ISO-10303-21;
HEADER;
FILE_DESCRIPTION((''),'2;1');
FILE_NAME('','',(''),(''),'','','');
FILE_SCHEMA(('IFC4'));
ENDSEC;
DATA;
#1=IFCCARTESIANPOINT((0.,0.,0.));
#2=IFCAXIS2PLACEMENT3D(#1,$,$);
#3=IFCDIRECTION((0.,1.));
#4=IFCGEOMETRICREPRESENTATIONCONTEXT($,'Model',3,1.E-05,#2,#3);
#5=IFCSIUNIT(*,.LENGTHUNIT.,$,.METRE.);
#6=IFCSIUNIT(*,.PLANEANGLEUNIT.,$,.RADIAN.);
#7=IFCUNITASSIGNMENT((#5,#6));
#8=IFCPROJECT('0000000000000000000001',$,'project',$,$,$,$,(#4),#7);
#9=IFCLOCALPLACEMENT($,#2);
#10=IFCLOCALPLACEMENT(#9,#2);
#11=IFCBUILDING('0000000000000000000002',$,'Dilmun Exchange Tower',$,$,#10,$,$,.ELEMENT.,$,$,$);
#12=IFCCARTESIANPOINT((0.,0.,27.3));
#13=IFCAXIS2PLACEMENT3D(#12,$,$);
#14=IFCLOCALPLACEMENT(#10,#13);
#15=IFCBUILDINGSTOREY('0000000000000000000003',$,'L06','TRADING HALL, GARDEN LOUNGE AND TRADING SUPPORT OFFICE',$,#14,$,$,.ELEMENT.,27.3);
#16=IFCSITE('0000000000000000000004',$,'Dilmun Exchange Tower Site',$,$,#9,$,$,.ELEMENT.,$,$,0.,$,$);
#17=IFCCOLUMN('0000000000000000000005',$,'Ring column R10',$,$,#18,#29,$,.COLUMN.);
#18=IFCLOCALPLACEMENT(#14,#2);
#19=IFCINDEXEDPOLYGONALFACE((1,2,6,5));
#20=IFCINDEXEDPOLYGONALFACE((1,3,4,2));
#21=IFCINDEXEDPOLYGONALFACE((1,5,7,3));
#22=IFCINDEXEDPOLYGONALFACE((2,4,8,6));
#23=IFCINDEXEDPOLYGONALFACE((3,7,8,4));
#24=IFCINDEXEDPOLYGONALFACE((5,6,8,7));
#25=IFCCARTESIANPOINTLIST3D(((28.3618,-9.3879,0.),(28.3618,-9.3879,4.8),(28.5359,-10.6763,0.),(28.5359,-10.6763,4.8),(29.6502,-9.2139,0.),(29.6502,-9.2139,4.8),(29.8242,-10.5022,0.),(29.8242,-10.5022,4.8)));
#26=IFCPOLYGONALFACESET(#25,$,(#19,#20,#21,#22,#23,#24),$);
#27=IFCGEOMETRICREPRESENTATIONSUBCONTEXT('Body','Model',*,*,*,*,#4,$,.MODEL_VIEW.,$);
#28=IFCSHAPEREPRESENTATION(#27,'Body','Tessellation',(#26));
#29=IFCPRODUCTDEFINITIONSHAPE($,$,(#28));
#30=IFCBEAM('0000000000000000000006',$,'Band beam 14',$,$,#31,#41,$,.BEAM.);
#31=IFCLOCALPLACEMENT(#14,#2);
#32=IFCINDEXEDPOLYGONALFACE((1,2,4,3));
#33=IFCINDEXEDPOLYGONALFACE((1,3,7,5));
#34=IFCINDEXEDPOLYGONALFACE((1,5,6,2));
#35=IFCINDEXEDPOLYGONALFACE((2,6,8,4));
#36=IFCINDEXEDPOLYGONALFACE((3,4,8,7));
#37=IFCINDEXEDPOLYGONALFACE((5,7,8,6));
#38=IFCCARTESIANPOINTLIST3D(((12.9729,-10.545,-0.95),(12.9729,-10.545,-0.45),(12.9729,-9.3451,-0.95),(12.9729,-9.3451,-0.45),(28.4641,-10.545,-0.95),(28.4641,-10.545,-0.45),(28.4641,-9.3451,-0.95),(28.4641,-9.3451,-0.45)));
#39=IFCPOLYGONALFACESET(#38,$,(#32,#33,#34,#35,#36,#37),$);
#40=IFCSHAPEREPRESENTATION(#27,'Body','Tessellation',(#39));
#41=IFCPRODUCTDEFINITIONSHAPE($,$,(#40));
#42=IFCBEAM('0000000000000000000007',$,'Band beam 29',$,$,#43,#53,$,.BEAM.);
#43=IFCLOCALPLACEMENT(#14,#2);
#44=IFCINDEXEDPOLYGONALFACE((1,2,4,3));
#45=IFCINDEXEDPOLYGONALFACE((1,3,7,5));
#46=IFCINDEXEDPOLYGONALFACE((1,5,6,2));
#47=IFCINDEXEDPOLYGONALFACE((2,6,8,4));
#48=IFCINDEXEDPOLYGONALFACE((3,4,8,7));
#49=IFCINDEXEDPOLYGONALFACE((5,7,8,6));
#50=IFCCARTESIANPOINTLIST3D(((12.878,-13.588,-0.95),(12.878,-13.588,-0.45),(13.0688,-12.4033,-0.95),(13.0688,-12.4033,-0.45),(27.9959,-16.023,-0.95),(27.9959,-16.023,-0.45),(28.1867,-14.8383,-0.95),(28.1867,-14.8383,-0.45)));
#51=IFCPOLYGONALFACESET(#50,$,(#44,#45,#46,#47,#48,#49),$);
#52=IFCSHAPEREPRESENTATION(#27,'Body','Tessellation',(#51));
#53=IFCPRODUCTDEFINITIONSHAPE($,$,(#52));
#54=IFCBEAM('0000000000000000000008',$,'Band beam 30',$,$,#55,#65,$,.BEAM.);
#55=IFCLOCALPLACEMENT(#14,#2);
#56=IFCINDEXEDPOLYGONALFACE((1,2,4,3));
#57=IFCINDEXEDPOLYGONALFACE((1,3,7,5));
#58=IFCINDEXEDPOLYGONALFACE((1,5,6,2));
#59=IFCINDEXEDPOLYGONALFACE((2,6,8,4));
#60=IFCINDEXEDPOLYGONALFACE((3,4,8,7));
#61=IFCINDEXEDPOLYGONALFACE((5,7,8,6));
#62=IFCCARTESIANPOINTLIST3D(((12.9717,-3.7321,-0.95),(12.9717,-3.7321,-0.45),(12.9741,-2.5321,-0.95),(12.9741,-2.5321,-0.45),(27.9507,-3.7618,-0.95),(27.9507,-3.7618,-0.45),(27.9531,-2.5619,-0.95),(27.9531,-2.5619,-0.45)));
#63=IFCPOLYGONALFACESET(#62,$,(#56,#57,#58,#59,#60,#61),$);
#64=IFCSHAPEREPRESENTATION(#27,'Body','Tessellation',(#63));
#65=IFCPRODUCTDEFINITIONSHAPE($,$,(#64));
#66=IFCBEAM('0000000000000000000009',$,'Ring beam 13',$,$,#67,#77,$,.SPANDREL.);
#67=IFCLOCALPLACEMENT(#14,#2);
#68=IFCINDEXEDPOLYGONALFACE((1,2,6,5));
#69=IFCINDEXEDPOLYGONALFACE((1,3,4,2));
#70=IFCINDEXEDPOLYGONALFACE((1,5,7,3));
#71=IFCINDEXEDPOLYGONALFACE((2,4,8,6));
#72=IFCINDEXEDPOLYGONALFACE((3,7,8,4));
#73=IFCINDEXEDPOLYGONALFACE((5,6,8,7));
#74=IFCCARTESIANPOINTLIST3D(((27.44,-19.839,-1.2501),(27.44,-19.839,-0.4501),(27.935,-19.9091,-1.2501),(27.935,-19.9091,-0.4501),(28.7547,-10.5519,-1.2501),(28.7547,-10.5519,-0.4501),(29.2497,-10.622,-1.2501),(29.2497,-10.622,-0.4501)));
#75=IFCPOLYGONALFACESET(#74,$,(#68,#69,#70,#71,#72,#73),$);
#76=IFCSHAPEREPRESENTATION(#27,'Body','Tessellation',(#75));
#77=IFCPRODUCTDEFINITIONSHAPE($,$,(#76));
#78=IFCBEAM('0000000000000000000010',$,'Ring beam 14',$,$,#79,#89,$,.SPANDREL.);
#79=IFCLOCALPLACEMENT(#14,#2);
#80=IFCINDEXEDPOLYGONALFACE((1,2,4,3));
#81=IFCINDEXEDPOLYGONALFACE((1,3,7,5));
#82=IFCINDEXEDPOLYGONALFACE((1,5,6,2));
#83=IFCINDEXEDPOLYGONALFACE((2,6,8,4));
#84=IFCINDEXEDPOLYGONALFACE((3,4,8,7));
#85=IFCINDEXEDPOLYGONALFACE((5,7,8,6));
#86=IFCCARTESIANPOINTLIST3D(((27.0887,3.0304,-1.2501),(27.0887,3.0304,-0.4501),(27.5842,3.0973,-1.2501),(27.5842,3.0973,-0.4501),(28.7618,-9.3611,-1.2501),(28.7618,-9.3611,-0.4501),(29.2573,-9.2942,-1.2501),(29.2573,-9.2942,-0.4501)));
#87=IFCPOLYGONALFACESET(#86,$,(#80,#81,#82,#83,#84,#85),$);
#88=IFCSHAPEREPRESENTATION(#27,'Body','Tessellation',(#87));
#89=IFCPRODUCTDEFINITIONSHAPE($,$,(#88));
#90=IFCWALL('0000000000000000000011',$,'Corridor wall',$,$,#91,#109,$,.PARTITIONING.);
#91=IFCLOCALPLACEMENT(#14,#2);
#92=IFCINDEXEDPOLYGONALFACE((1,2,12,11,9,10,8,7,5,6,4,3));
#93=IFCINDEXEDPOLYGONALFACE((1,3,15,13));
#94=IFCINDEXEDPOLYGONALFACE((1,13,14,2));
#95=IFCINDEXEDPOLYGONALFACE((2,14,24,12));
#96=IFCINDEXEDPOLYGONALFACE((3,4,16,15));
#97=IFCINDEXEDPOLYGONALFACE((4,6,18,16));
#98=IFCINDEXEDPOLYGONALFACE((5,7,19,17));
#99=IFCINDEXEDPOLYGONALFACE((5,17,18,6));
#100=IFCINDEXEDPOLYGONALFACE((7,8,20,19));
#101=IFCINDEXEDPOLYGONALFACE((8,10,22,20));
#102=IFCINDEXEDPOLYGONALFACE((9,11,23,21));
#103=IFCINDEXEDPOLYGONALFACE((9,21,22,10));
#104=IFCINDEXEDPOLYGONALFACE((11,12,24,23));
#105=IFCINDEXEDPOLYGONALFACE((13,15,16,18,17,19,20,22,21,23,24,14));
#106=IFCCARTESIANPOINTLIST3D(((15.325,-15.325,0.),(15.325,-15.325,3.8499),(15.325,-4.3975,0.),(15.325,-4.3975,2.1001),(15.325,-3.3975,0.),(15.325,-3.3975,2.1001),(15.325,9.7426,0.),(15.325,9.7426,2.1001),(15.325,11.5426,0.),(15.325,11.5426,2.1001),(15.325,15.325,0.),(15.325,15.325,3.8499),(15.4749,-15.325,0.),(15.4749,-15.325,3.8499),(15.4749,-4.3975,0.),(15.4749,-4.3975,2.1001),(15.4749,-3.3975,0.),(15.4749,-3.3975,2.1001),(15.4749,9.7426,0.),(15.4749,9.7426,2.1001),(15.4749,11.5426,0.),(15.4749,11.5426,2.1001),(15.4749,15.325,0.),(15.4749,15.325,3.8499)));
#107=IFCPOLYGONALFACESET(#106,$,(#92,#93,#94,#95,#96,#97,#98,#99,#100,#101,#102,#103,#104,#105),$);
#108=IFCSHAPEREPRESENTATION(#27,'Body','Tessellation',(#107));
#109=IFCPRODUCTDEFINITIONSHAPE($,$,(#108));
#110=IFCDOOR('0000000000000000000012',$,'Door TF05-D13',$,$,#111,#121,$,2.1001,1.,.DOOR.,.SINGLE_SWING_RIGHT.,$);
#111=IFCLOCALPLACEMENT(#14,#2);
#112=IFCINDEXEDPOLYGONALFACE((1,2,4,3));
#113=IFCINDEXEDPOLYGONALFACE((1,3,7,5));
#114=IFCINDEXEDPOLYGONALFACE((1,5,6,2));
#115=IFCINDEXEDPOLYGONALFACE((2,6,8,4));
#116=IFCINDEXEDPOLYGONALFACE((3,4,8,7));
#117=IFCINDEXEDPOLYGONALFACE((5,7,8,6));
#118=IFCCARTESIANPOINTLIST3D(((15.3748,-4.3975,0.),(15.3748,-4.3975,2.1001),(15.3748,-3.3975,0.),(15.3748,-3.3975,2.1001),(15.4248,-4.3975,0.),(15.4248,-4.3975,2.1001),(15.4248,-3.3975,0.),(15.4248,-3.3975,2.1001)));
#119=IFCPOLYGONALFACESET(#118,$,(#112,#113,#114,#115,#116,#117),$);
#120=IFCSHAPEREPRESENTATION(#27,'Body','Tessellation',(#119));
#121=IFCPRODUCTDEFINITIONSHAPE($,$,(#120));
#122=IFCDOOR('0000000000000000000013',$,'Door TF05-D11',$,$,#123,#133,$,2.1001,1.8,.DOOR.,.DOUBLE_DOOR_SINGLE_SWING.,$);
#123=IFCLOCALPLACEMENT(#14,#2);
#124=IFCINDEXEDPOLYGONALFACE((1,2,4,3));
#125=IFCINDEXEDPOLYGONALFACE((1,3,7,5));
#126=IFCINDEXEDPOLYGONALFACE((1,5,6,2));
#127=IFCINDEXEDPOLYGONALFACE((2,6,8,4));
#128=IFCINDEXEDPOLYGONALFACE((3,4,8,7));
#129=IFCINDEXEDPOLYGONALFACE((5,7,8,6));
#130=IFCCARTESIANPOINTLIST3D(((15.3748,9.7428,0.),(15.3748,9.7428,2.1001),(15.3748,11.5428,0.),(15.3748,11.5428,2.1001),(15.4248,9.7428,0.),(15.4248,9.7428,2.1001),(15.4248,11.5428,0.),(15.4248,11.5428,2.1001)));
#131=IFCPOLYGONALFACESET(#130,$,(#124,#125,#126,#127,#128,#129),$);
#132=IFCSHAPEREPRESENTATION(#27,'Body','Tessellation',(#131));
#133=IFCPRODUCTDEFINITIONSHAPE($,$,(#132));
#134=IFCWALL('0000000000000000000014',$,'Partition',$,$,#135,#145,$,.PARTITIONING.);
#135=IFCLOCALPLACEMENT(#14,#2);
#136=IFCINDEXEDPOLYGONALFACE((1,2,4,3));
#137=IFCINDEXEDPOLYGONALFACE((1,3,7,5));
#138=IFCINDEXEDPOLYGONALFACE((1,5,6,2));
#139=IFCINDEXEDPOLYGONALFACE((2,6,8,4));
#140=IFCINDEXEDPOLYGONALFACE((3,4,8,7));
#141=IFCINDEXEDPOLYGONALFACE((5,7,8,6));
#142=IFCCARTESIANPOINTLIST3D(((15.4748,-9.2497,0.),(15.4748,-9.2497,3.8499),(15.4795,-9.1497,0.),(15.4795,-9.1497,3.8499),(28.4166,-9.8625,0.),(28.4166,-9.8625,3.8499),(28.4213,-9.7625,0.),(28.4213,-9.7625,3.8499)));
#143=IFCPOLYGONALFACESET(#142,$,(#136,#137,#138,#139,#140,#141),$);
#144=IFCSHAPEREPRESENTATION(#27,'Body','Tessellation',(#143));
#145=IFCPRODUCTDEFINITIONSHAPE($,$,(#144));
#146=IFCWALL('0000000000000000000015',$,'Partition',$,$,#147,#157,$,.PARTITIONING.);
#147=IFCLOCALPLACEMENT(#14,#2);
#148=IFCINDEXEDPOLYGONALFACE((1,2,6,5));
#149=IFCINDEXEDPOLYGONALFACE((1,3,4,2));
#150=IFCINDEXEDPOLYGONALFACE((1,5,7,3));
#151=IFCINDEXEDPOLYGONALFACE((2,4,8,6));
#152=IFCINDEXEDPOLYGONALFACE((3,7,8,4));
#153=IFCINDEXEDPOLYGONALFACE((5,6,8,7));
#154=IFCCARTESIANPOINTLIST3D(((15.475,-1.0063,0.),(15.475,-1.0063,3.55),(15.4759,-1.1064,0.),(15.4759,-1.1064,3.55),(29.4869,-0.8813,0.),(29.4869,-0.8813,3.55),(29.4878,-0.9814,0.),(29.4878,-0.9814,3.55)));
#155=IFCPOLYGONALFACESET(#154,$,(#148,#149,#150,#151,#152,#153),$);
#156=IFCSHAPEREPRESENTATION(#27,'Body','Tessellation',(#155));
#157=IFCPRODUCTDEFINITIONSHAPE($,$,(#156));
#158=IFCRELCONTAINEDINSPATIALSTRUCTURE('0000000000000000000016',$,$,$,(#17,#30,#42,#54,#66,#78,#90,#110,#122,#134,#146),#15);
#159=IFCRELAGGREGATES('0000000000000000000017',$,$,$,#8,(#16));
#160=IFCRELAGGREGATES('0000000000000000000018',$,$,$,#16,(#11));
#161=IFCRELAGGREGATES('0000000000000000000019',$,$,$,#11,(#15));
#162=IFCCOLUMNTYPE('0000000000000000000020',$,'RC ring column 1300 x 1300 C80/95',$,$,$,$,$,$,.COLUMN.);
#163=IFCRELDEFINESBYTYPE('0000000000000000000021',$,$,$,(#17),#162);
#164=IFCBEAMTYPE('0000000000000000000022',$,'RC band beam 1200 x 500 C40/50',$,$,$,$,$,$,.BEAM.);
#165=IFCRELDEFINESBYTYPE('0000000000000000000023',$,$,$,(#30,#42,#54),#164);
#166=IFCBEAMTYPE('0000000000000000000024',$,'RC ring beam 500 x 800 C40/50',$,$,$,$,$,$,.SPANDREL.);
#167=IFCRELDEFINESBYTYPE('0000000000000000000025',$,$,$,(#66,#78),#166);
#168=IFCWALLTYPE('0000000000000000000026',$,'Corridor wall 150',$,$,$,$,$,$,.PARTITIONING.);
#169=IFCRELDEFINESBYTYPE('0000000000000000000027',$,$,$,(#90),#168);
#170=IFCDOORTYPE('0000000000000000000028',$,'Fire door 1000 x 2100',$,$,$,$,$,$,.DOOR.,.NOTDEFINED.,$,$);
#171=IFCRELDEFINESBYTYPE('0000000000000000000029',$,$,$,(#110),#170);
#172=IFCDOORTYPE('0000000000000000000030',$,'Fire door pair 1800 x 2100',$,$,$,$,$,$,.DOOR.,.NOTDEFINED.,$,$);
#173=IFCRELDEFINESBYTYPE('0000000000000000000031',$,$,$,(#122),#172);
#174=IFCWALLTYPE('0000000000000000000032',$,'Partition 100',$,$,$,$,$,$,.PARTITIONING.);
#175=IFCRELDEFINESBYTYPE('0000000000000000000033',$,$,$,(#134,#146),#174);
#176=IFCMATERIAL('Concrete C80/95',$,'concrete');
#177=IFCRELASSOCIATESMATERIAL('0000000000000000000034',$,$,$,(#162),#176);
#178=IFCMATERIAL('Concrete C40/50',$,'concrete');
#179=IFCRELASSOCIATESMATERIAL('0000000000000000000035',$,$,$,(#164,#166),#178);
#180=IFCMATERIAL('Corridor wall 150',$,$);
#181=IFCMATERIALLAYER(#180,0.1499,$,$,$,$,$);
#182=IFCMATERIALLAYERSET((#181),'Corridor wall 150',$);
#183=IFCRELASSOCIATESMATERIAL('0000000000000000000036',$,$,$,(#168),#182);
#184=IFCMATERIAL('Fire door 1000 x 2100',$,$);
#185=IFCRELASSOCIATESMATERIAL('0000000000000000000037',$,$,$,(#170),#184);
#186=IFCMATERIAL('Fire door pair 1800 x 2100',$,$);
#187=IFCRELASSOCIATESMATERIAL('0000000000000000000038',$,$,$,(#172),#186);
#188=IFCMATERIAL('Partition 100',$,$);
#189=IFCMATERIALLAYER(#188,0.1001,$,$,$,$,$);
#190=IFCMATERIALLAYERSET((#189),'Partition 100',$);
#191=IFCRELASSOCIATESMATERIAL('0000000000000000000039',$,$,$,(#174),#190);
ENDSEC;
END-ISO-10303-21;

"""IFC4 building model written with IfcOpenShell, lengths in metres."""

from ifc_helpers import new_model, si_unit, direction, frame, frame_2d, origin, origin_2d, place, context, subcontext, project, spatial, rectangle, extrude, material, layer, layer_set, material_profile, profile_set, type_object, element, fill, save


model = new_model("IFC4")

# Units and contexts
model_context = context("Model", 3, precision=1e-05, world=origin(), true_north=direction((0.0, 1.0)))
body_context = subcontext(model_context, "Body", "Model", "MODEL_VIEW")
ifc_project = project(units=[si_unit("LENGTHUNIT", "METRE"), si_unit("PLANEANGLEUNIT", "RADIAN")], contexts=[model_context])

# Site, building, storey
site_placement = place(None, origin())
site = spatial("IfcSite", under=ifc_project, at=site_placement, Name="Dilmun Exchange Tower Site", CompositionType="ELEMENT", RefElevation=0.0)
building_placement = place(site_placement, origin())
building = spatial("IfcBuilding", under=site, at=building_placement, Name="Dilmun Exchange Tower", CompositionType="ELEMENT")
storey_placement = place(building_placement, frame((0.0, 0.0, 27.3)))
storey = spatial("IfcBuildingStorey", under=building, at=storey_placement, Name="L06", Description="TRADING HALL, GARDEN LOUNGE AND TRADING SUPPORT OFFICE", CompositionType="ELEMENT", Elevation=27.3)

# Column
ifc_material_1 = material(Name="Concrete C80/95", Category="concrete")
ifc_material_profile_1 = material_profile(ifc_material_1, rectangle(XDim=1.3, YDim=1.3, at=origin_2d()), Name="1300 x 1300")
ifc_profile_set_1 = profile_set([ifc_material_profile_1], Name="Concrete C80/95")
column_type = type_object("IfcColumnType", Name="RC ring column 1300 x 1300 C80/95", PredefinedType="COLUMN", material=ifc_profile_set_1)
column_placement = place(storey_placement, frame((29.093, -9.9451, 0.0), z_axis=(0.0, 0.0, 1.0), x_axis=(0.991001, 0.133853, 0.0)))
element("IfcColumn", 1, at=column_placement, inside=storey, type_object=column_type, Name="Ring column R10", PredefinedType="COLUMN", context=body_context, shape_type="SweptSolid", body=[
    extrude(rectangle(XDim=1.3, YDim=1.3, at=origin_2d()), origin(), (0.0, 0.0, 1.0), 4.8),
])

# Beams
ifc_material_2 = material(Name="Concrete C40/50", Category="concrete")
ifc_material_profile_2 = material_profile(ifc_material_2, rectangle(XDim=1.2, YDim=0.5, at=origin_2d()), Name="1200 x 500")
ifc_profile_set_2 = profile_set([ifc_material_profile_2], Name="Concrete C40/50")
beam_type_1 = type_object("IfcBeamType", Name="RC band beam 1200 x 500 C40/50", PredefinedType="BEAM", material=ifc_profile_set_2)
beam_1_placement = place(storey_placement, frame((28.4641, -9.9451, -0.7), z_axis=(-1.0, 0.0, 0.0), x_axis=(0.0, -1.0, 0.0)))
element("IfcBeam", 2, at=beam_1_placement, inside=storey, type_object=beam_type_1, Name="Band beam 14", PredefinedType="BEAM", context=body_context, shape_type="SweptSolid", body=[
    extrude(rectangle(XDim=1.2, YDim=0.5, at=origin_2d()), origin(), (0.0, 0.0, 1.0), 15.4912),
])
beam_2_placement = place(storey_placement, frame((28.0913, -15.4307, -0.7), z_axis=(-0.987275, 0.159021, 0.0), x_axis=(-0.159021, -0.987275, 0.0)))
element("IfcBeam", 3, at=beam_2_placement, inside=storey, type_object=beam_type_1, Name="Band beam 29", PredefinedType="BEAM", context=body_context, shape_type="SweptSolid", body=[
    extrude(rectangle(XDim=1.2, YDim=0.5, at=origin_2d()), origin(), (0.0, 0.0, 1.0), 15.3127),
])
beam_3_placement = place(storey_placement, frame((27.9519, -3.1619, -0.7), z_axis=(-0.999998, 0.001988, 0.0), x_axis=(-0.001988, -0.999998, 0.0)))
element("IfcBeam", 4, at=beam_3_placement, inside=storey, type_object=beam_type_1, Name="Band beam 30", PredefinedType="BEAM", context=body_context, shape_type="SweptSolid", body=[
    extrude(rectangle(XDim=1.2, YDim=0.5, at=origin_2d()), origin(), (0.0, 0.0, 1.0), 14.979),
])
ifc_material_profile_3 = material_profile(ifc_material_2, rectangle(XDim=0.5, YDim=0.8, at=origin_2d()), Name="500 x 800")
ifc_profile_set_3 = profile_set([ifc_material_profile_3], Name="Concrete C40/50")
beam_type_2 = type_object("IfcBeamType", Name="RC ring beam 500 x 800 C40/50", PredefinedType="SPANDREL", material=ifc_profile_set_3)
beam_4_placement = place(storey_placement, frame((27.6875, -19.874, -0.8501), z_axis=(0.140164, 0.990128, 0.0), x_axis=(-0.990128, 0.140164, 0.0)))
element("IfcBeam", 5, at=beam_4_placement, inside=storey, type_object=beam_type_2, Name="Ring beam 13", PredefinedType="SPANDREL", context=body_context, shape_type="SweptSolid", body=[
    extrude(rectangle(XDim=0.5, YDim=0.8, at=origin_2d()), origin(), (0.0, 0.0, 1.0), 9.3796),
])
beam_5_placement = place(storey_placement, frame((29.0095, -9.3276, -0.8501), z_axis=(-0.133807, 0.991007, 0.0), x_axis=(-0.991007, -0.133807, 0.0)))
element("IfcBeam", 6, at=beam_5_placement, inside=storey, type_object=beam_type_2, Name="Ring beam 14", PredefinedType="SPANDREL", context=body_context, shape_type="SweptSolid", body=[
    extrude(rectangle(XDim=0.5, YDim=0.8, at=origin_2d()), origin(), (0.0, 0.0, 1.0), 12.5039),
])

# Wall, openings, doors
ifc_material_3 = material(Name="Corridor wall 150")
ifc_layer_1 = layer(ifc_material_3, 0.1499)
ifc_layer_set_1 = layer_set([ifc_layer_1], Name="Corridor wall 150")
wall_type_1 = type_object("IfcWallType", Name="Corridor wall 150", PredefinedType="PARTITIONING", material=ifc_layer_set_1)
wall_1_placement = place(storey_placement, frame((15.3999, -15.325, 0.0), z_axis=(0.0, 0.0, 1.0), x_axis=(0.0, 1.0, 0.0)))
wall_1 = element("IfcWall", 7, at=wall_1_placement, inside=storey, type_object=wall_type_1, Name="Corridor wall", PredefinedType="PARTITIONING", context=body_context, shape_type="SweptSolid", body=[
    extrude(rectangle(XDim=30.6499, YDim=0.1499, at=frame_2d((15.325, 0.0))), origin(), (0.0, 0.0, 1.0), 3.8499),
])
opening_1_placement = place(wall_1_placement, frame((25.0676, 0.0, 0.0)))
opening_1 = element("IfcOpeningElement", 8, at=opening_1_placement, cuts=wall_1, PredefinedType="OPENING", context=body_context, shape_type="SweptSolid", body=[
    extrude(rectangle(XDim=1.8, YDim=2.1001, at=frame_2d((0.8999, 1.05))), frame((0.0, 0.085, 0.0), z_axis=(0.0, -1.0, 0.0), x_axis=(1.0, 0.0, 0.0)), (0.0, 0.0, 1.0), 0.1699),
])
opening_2_placement = place(wall_1_placement, frame((10.9275, 0.0, 0.0)))
opening_2 = element("IfcOpeningElement", 9, at=opening_2_placement, cuts=wall_1, PredefinedType="OPENING", context=body_context, shape_type="SweptSolid", body=[
    extrude(rectangle(XDim=1.0, YDim=2.1001, at=frame_2d((0.5, 1.05))), frame((0.0, 0.085, 0.0), z_axis=(0.0, -1.0, 0.0), x_axis=(1.0, 0.0, 0.0)), (0.0, 0.0, 1.0), 0.1699),
])
ifc_material_4 = material(Name="Fire door 1000 x 2100")
door_type_1 = type_object("IfcDoorType", Name="Fire door 1000 x 2100", OperationType="NOTDEFINED", PredefinedType="DOOR", material=ifc_material_4)
door_1_placement = place(opening_2_placement, frame((1.0, 0.0, 0.0), z_axis=(0.0, 0.0, 1.0), x_axis=(-1.0, 0.0, 0.0)))
door_1 = element("IfcDoor", 10, at=door_1_placement, inside=storey, type_object=door_type_1, Name="Door TF05-D13", OperationType="SINGLE_SWING_RIGHT", OverallHeight=2.1001, OverallWidth=1.0, PredefinedType="DOOR", context=body_context, shape_type="SweptSolid", body=[
    extrude(rectangle(XDim=1.0, YDim=2.1001, at=frame_2d((0.5, 1.05))), frame((0.0, 0.0249, 0.0), z_axis=(0.0, -1.0, 0.0), x_axis=(1.0, 0.0, 0.0)), (0.0, 0.0, 1.0), 0.05),
])
fill(opening_2, door_1)
ifc_material_5 = material(Name="Fire door pair 1800 x 2100")
door_type_2 = type_object("IfcDoorType", Name="Fire door pair 1800 x 2100", OperationType="NOTDEFINED", PredefinedType="DOOR", material=ifc_material_5)
door_2_placement = place(opening_1_placement, frame((1.8, 0.0, 0.0), z_axis=(0.0, 0.0, 1.0), x_axis=(-1.0, 0.0, 0.0)))
door_2 = element("IfcDoor", 11, at=door_2_placement, inside=storey, type_object=door_type_2, Name="Door TF05-D11", OperationType="DOUBLE_DOOR_SINGLE_SWING", OverallHeight=2.1001, OverallWidth=1.8, PredefinedType="DOOR", context=body_context, shape_type="SweptSolid", body=[
    extrude(rectangle(XDim=1.8, YDim=2.1001, at=frame_2d((0.8999, 1.05))), frame((0.0, 0.0249, 0.0), z_axis=(0.0, -1.0, 0.0), x_axis=(1.0, 0.0, 0.0)), (0.0, 0.0, 1.0), 0.05),
])
fill(opening_1, door_2)

# Walls
ifc_material_6 = material(Name="Partition 100")
ifc_layer_2 = layer(ifc_material_6, 0.1001)
ifc_layer_set_2 = layer_set([ifc_layer_2], Name="Partition 100")
wall_type_2 = type_object("IfcWallType", Name="Partition 100", PredefinedType="PARTITIONING", material=ifc_layer_set_2)
wall_2_placement = place(storey_placement, frame((15.4773, -9.1997, 0.0), z_axis=(0.0, 0.0, 1.0), x_axis=(0.998881, -0.047297, 0.0)))
element("IfcWall", 12, at=wall_2_placement, inside=storey, type_object=wall_type_2, Name="Partition", PredefinedType="PARTITIONING", context=body_context, shape_type="SweptSolid", body=[
    extrude(rectangle(XDim=12.9563, YDim=0.1001, at=frame_2d((6.478, 0.0))), origin(), (0.0, 0.0, 1.0), 3.8499),
])
wall_3_placement = place(storey_placement, frame((15.4753, -1.0564, 0.0), z_axis=(0.0, 0.0, 1.0), x_axis=(0.99996, 0.008921, 0.0)))
element("IfcWall", 13, at=wall_3_placement, inside=storey, type_object=wall_type_2, Name="Partition", PredefinedType="PARTITIONING", context=body_context, shape_type="SweptSolid", body=[
    extrude(rectangle(XDim=14.0125, YDim=0.1001, at=frame_2d((7.0063, 0.0))), origin(), (0.0, 0.0, 1.0), 3.55),
])

save(model, "model.ifc")
